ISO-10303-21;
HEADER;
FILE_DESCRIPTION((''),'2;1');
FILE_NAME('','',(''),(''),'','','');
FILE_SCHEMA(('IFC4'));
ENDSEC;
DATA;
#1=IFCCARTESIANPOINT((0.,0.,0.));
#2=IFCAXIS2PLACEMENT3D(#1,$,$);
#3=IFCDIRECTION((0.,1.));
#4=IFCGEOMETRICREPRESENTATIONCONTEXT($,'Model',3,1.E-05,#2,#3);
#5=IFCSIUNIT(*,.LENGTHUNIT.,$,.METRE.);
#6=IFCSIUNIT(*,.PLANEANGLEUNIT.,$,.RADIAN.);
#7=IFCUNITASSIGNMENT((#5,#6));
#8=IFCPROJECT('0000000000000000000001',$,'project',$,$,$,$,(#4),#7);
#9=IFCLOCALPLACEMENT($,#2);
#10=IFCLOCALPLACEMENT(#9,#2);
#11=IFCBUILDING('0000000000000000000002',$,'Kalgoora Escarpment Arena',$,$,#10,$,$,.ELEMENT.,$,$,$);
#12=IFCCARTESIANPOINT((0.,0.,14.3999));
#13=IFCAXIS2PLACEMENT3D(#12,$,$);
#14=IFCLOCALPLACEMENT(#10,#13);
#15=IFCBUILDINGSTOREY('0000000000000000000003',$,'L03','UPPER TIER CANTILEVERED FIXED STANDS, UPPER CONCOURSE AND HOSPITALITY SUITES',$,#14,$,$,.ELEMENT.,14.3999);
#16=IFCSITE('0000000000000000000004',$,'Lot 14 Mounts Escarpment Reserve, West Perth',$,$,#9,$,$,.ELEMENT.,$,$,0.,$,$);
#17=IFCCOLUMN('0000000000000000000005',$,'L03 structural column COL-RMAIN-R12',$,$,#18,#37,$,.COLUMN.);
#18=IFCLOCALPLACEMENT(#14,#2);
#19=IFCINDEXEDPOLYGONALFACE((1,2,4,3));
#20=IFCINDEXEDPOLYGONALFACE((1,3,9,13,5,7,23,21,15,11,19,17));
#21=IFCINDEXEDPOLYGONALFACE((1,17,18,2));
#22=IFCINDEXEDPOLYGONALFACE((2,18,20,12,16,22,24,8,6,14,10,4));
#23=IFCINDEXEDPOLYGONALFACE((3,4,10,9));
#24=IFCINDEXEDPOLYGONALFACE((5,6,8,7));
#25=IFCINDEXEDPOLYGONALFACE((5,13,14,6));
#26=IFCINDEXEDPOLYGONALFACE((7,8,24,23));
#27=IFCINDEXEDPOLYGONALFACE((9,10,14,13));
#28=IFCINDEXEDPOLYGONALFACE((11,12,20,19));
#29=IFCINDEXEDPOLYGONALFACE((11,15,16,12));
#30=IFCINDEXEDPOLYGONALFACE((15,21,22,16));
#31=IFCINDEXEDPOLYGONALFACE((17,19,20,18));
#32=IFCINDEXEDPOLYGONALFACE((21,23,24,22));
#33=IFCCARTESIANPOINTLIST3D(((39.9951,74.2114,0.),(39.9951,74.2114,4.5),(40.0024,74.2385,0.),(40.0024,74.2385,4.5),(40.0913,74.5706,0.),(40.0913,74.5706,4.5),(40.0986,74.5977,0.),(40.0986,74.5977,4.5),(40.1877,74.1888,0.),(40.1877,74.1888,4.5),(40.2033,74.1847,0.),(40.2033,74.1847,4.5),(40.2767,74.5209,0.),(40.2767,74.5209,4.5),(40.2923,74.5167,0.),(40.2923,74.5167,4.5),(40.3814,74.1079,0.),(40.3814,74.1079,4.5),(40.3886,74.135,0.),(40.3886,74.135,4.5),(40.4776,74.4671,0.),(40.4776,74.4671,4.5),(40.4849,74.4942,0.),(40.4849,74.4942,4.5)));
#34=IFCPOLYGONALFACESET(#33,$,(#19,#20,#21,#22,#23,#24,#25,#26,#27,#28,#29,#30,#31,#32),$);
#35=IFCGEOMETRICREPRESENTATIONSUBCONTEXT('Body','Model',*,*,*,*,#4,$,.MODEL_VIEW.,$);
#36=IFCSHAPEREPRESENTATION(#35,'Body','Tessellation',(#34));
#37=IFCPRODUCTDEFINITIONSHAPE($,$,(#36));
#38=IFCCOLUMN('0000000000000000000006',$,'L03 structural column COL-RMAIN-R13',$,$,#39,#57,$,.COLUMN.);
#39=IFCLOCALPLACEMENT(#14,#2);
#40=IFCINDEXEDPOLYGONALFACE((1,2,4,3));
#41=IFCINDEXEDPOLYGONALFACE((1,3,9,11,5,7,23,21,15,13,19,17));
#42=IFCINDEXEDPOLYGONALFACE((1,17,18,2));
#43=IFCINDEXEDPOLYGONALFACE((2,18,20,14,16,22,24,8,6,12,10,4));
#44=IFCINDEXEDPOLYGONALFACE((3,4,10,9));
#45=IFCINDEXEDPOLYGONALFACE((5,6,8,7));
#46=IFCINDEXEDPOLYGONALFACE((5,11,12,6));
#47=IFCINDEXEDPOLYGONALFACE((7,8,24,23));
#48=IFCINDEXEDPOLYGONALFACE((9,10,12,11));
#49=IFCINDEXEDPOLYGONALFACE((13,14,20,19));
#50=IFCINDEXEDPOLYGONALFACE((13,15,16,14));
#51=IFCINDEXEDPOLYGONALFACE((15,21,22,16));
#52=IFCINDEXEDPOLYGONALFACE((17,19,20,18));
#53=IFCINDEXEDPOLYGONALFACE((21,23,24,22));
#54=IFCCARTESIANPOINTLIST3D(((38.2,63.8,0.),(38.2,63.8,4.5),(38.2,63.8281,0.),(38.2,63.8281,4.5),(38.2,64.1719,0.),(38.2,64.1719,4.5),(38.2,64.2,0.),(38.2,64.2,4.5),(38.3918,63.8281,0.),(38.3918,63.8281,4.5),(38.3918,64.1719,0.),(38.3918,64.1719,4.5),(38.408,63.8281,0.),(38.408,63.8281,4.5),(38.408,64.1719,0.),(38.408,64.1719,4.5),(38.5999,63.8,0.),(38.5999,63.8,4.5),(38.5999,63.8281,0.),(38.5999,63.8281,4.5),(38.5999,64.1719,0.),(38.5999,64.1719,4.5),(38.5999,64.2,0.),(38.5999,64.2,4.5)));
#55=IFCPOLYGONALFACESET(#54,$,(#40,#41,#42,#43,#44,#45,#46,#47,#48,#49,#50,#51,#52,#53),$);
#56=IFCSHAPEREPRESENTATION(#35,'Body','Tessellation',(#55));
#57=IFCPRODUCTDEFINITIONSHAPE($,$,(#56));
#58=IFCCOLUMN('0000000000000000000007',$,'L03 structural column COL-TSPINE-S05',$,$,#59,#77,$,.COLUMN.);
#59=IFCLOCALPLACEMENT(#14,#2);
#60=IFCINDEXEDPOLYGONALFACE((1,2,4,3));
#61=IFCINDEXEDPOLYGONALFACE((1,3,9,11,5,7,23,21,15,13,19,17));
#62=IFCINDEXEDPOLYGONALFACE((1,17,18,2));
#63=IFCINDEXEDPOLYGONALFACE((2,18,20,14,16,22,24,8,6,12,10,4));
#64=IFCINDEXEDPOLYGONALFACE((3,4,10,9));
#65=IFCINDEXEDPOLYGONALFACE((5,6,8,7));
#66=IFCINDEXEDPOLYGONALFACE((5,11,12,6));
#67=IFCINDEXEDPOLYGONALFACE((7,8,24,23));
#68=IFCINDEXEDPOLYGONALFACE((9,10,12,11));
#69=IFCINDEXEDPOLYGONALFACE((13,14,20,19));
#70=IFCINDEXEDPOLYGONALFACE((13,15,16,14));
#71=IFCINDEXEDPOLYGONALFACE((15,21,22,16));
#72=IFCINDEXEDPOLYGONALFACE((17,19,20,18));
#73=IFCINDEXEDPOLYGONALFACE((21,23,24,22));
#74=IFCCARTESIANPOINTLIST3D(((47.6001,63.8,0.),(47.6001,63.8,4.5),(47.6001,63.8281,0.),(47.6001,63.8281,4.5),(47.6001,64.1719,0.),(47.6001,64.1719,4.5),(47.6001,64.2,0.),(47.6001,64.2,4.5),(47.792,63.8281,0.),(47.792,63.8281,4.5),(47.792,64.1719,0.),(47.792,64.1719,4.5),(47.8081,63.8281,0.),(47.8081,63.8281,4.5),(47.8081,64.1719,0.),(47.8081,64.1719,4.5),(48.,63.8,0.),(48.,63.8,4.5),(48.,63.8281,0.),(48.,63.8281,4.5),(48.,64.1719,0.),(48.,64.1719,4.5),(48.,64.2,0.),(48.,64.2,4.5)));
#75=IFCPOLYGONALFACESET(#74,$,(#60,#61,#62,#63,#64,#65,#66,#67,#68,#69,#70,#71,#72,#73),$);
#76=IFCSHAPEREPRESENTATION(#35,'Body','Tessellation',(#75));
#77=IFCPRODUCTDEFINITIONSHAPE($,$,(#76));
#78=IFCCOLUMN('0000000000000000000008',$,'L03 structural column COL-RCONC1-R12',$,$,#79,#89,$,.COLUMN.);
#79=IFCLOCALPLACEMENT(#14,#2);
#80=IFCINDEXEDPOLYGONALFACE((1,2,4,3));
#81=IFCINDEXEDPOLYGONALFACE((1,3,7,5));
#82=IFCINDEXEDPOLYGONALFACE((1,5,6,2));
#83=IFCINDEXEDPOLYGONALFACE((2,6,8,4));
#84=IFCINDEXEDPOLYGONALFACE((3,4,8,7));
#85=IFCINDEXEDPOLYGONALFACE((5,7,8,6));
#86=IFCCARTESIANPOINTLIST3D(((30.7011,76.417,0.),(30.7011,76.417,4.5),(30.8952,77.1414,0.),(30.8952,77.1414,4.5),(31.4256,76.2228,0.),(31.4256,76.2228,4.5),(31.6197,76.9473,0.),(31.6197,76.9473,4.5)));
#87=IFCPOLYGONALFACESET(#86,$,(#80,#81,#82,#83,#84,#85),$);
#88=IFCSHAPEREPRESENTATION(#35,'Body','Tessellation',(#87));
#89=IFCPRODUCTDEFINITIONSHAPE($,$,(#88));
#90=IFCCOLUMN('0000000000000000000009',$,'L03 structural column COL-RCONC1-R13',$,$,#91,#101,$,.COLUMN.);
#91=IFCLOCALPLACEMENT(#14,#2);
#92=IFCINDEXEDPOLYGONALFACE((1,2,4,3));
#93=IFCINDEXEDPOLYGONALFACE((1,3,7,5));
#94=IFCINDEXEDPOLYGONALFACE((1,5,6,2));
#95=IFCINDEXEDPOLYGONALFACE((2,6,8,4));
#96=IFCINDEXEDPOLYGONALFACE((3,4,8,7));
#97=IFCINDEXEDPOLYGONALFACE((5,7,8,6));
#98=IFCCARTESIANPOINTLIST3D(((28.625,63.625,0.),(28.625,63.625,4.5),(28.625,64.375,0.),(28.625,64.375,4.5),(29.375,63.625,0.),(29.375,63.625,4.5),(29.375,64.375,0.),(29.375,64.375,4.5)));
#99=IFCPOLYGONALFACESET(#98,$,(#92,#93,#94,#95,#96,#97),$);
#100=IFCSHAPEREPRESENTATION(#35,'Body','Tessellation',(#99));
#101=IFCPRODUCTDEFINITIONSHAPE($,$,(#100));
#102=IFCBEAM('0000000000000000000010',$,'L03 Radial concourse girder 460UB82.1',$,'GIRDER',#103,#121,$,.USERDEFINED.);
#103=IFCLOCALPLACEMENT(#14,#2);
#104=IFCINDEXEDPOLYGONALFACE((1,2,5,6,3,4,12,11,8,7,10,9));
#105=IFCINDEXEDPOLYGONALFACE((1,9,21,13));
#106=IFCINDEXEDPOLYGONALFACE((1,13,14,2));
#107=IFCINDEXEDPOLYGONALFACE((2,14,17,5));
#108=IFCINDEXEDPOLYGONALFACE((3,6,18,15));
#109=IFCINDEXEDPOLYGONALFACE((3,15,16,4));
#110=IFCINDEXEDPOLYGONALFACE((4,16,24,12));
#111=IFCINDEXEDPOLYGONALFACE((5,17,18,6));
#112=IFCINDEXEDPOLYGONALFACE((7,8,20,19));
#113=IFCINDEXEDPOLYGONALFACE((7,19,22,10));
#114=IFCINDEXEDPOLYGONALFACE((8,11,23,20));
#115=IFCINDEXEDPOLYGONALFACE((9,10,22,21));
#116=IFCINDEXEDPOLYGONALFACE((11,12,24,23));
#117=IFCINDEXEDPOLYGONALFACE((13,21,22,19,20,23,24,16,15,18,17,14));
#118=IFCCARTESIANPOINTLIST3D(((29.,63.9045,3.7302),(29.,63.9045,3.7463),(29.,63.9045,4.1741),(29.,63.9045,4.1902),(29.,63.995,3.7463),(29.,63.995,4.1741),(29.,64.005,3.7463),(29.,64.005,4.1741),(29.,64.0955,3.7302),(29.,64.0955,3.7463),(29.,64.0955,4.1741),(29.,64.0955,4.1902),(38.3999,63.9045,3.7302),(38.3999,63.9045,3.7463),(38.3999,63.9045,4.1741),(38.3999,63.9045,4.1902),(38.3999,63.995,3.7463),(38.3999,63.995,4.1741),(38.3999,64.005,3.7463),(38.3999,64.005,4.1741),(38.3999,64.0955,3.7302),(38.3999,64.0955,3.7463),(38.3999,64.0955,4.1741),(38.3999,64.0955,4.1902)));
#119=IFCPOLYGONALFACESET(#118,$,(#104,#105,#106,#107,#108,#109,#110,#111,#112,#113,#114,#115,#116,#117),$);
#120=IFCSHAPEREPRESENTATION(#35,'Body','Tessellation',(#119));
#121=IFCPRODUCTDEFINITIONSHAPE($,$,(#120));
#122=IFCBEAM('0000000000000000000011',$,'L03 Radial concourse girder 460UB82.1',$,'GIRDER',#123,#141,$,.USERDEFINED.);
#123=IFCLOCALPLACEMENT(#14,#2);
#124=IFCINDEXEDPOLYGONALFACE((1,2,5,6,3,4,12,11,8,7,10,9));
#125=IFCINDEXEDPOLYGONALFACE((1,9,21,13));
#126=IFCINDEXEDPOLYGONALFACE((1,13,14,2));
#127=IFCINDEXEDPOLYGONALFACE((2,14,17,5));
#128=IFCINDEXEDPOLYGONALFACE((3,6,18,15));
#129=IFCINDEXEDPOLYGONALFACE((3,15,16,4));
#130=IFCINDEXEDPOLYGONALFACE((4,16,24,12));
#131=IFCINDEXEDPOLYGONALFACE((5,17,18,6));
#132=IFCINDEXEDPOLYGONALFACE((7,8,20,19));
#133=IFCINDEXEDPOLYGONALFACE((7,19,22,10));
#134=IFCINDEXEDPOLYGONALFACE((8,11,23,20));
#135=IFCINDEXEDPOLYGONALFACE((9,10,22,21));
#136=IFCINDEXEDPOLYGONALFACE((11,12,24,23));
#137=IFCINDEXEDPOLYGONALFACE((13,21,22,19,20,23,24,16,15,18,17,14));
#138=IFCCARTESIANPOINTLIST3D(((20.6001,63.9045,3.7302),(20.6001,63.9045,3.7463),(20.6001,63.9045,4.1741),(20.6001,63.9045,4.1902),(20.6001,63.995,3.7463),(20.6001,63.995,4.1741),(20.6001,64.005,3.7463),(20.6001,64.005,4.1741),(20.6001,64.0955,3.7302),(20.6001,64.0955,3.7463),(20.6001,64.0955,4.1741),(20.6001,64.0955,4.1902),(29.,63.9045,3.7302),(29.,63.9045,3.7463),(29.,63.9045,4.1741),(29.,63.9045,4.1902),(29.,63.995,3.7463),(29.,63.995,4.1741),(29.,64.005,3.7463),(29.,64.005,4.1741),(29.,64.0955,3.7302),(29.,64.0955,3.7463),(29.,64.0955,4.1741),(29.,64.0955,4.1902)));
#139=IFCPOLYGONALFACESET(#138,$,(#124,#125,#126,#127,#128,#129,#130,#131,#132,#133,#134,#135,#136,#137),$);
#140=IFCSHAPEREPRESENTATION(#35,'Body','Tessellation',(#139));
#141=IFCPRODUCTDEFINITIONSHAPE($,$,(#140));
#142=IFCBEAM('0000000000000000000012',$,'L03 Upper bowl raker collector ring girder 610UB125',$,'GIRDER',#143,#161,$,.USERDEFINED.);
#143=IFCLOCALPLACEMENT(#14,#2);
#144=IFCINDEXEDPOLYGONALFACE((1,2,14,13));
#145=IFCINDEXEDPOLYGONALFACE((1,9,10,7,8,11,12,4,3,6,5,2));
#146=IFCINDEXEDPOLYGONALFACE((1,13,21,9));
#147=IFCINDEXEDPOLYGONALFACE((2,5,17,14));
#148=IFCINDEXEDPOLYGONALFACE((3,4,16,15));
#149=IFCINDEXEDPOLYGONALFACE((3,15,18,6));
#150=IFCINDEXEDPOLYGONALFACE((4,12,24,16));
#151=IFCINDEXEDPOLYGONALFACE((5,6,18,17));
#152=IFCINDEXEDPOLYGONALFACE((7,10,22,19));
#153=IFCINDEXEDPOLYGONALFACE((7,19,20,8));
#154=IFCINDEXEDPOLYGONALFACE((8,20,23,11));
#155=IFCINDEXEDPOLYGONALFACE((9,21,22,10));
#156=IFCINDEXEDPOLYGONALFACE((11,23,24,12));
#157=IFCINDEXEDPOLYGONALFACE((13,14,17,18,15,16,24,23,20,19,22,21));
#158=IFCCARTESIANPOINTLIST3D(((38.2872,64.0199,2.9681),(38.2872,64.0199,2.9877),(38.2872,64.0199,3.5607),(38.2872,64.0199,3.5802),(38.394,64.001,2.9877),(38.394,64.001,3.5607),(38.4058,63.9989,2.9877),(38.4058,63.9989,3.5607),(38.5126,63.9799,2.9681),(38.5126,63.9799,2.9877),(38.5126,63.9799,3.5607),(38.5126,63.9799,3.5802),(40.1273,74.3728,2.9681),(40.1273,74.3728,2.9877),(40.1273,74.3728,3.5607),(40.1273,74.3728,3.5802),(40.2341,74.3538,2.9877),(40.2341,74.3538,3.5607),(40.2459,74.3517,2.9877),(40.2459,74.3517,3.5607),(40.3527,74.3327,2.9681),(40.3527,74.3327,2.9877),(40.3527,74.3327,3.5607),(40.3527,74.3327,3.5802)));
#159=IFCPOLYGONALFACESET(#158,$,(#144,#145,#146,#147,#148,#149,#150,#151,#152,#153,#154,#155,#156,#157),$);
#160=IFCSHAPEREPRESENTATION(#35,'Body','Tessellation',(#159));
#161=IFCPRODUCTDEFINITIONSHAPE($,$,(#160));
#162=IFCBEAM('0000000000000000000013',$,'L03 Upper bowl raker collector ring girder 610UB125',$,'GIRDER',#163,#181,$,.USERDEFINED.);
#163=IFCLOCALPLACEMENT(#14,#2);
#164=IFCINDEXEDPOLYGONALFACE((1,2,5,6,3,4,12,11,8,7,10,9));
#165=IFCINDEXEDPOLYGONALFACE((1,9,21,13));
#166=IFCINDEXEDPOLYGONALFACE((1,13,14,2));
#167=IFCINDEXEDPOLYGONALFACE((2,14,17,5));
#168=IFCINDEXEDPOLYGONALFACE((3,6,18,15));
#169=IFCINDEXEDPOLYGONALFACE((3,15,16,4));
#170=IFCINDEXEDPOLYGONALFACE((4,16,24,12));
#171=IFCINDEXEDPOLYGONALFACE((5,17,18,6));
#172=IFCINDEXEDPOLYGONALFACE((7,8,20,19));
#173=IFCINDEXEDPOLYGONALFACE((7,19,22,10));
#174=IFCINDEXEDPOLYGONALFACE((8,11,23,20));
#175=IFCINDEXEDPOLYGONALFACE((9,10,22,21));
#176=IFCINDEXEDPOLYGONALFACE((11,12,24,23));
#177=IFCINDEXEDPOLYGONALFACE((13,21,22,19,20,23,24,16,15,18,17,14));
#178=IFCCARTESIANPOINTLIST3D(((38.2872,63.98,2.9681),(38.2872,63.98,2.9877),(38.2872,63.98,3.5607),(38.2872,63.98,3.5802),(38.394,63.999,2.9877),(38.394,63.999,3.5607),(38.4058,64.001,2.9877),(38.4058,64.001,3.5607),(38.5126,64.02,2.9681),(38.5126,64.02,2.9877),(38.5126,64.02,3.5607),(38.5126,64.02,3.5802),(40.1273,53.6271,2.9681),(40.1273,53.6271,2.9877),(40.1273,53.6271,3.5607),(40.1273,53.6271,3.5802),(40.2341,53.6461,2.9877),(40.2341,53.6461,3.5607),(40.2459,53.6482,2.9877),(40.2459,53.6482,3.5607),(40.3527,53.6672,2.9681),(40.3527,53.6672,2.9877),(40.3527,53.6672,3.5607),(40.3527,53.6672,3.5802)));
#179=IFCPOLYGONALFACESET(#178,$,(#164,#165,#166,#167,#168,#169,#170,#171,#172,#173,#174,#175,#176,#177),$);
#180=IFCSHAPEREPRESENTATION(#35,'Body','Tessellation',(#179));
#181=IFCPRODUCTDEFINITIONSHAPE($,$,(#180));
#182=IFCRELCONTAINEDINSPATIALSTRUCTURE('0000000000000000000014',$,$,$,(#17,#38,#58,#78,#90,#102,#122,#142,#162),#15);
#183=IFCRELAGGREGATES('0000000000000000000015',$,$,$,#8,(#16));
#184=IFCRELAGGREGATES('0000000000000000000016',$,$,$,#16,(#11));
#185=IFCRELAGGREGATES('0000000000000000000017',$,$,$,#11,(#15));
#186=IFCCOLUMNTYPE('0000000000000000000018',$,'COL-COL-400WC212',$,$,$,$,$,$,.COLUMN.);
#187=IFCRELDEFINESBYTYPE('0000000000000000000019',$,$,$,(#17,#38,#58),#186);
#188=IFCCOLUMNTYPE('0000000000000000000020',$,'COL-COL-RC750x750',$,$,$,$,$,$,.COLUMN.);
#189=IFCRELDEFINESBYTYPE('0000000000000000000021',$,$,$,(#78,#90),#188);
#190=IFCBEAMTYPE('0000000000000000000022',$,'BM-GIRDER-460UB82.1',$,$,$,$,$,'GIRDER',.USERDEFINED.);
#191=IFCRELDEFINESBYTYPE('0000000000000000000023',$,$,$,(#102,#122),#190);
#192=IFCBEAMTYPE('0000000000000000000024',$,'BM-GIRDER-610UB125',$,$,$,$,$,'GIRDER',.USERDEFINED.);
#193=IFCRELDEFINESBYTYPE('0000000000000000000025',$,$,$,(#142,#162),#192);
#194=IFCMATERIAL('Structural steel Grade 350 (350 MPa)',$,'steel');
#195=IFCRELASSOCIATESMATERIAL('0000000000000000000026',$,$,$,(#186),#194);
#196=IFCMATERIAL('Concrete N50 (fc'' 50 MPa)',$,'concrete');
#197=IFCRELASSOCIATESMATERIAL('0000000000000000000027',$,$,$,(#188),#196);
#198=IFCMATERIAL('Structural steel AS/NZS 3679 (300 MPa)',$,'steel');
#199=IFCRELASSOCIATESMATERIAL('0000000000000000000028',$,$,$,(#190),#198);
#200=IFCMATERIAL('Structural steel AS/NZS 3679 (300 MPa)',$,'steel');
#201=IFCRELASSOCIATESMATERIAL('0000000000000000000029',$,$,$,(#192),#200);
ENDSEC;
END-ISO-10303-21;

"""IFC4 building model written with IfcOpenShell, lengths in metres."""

from ifc_helpers import new_model, si_unit, direction, frame, origin, origin_2d, place, context, subcontext, project, spatial, rectangle, i_section, extrude, material, material_profile, profile_set, type_object, element, save


model = new_model("IFC4")

# Units and contexts
model_context = context("Model", 3, precision=1e-05, world=origin(), true_north=direction((0.0, 1.0)))
body_context = subcontext(model_context, "Body", "Model", "MODEL_VIEW")
ifc_project = project(units=[si_unit("LENGTHUNIT", "METRE"), si_unit("PLANEANGLEUNIT", "RADIAN")], contexts=[model_context])

# Site, building, storey
site_placement = place(None, origin())
site = spatial("IfcSite", under=ifc_project, at=site_placement, Name="Lot 14 Mounts Escarpment Reserve, West Perth", CompositionType="ELEMENT", RefElevation=0.0)
building_placement = place(site_placement, origin())
building = spatial("IfcBuilding", under=site, at=building_placement, Name="Kalgoora Escarpment Arena", CompositionType="ELEMENT")
storey_placement = place(building_placement, frame((0.0, 0.0, 14.3999)))
storey = spatial("IfcBuildingStorey", under=building, at=storey_placement, Name="L03", Description="UPPER TIER CANTILEVERED FIXED STANDS, UPPER CONCOURSE AND HOSPITALITY SUITES", CompositionType="ELEMENT", Elevation=14.3999)

# Columns
ifc_material_1 = material(Name="Structural steel Grade 350 (350 MPa)", Category="steel")
ifc_material_profile_1 = material_profile(ifc_material_1, i_section(OverallWidth=0.3999, OverallDepth=0.3999, WebThickness=0.0161, FlangeThickness=0.0281, at=origin_2d()))
ifc_profile_set_1 = profile_set([ifc_material_profile_1], Name="Structural steel Grade 350 (350 MPa)")
column_type_1 = type_object("IfcColumnType", Name="COL-COL-400WC212", PredefinedType="COLUMN", material=ifc_profile_set_1)
for number, where, z_axis, x_axis, name in (
    (1, (40.24, 74.3528, 0.0), (0.0, 0.0, 1.0), (-0.965926, 0.258819, 0.0), "L03 structural column COL-RMAIN-R12"),
    (2, (38.3999, 64.0, 0.0), (0.0, 0.0, 1.0), (-1.0, 0.0, 0.0), "L03 structural column COL-RMAIN-R13"),
    (3, (47.8, 64.0, 0.0), (0.0, 0.0, 1.0), (-1.0, 0.0, 0.0), "L03 structural column COL-TSPINE-S05"),
):
    element("IfcColumn", number, at=place(storey_placement, frame(where, z_axis=z_axis, x_axis=x_axis)), inside=storey, type_object=column_type_1, Name=name, PredefinedType="COLUMN", context=body_context, shape_type="SweptSolid", body=[
        extrude(i_section(OverallWidth=0.3999, OverallDepth=0.3999, WebThickness=0.0161, FlangeThickness=0.0281, at=origin_2d()), origin(), (0.0, 0.0, 1.0), 4.5),
    ])
ifc_material_2 = material(Name="Concrete N50 (fc' 50 MPa)", Category="concrete")
ifc_material_profile_2 = material_profile(ifc_material_2, rectangle(XDim=0.75, YDim=0.75, at=origin_2d()))
ifc_profile_set_2 = profile_set([ifc_material_profile_2], Name="Concrete N50 (fc' 50 MPa)")
column_type_2 = type_object("IfcColumnType", Name="COL-COL-RC750x750", PredefinedType="COLUMN", material=ifc_profile_set_2)
for number, where, z_axis, x_axis, name in (
    (4, (31.1604, 76.6821, 0.0), (0.0, 0.0, 1.0), (-0.965926, 0.258819, 0.0), "L03 structural column COL-RCONC1-R12"),
    (5, (29.0, 64.0, 0.0), (0.0, 0.0, 1.0), (-1.0, 0.0, 0.0), "L03 structural column COL-RCONC1-R13"),
):
    element("IfcColumn", number, at=place(storey_placement, frame(where, z_axis=z_axis, x_axis=x_axis)), inside=storey, type_object=column_type_2, Name=name, PredefinedType="COLUMN", context=body_context, shape_type="SweptSolid", body=[
        extrude(rectangle(XDim=0.75, YDim=0.75, at=origin_2d()), origin(), (0.0, 0.0, 1.0), 4.5),
    ])

# Beams
ifc_material_3 = material(Name="Structural steel AS/NZS 3679 (300 MPa)", Category="steel")
ifc_material_profile_3 = material_profile(ifc_material_3, i_section(OverallWidth=0.1909, OverallDepth=0.46, WebThickness=0.01, FlangeThickness=0.0161, at=origin_2d()))
ifc_profile_set_3 = profile_set([ifc_material_profile_3], Name="Structural steel AS/NZS 3679 (300 MPa)")
beam_type_1 = type_object("IfcBeamType", Name="BM-GIRDER-460UB82.1", ElementType="GIRDER", PredefinedType="USERDEFINED", material=ifc_profile_set_3)
beam_1_placement = place(storey_placement, frame((38.3999, 64.0, 3.9602), z_axis=(-1.0, 0.0, 0.0), x_axis=(0.0, -1.0, 0.0)))
element("IfcBeam", 6, at=beam_1_placement, inside=storey, type_object=beam_type_1, Name="L03 Radial concourse girder 460UB82.1", ObjectType="GIRDER", PredefinedType="USERDEFINED", context=body_context, shape_type="SweptSolid", body=[
    extrude(i_section(OverallWidth=0.1909, OverallDepth=0.46, WebThickness=0.01, FlangeThickness=0.0161, at=origin_2d()), origin(), (0.0, 0.0, 1.0), 9.3999),
])
beam_2_placement = place(storey_placement, frame((29.0, 64.0, 3.9602), z_axis=(-1.0, 0.0, 0.0), x_axis=(0.0, -1.0, 0.0)))
element("IfcBeam", 7, at=beam_2_placement, inside=storey, type_object=beam_type_1, Name="L03 Radial concourse girder 460UB82.1", ObjectType="GIRDER", PredefinedType="USERDEFINED", context=body_context, shape_type="SweptSolid", body=[
    extrude(i_section(OverallWidth=0.1909, OverallDepth=0.46, WebThickness=0.01, FlangeThickness=0.0161, at=origin_2d()), origin(), (0.0, 0.0, 1.0), 8.3999),
])
ifc_material_4 = material(Name="Structural steel AS/NZS 3679 (300 MPa)", Category="steel")
ifc_material_profile_4 = material_profile(ifc_material_4, i_section(OverallWidth=0.229, OverallDepth=0.6121, WebThickness=0.012, FlangeThickness=0.0195, at=origin_2d()))
ifc_profile_set_4 = profile_set([ifc_material_profile_4], Name="Structural steel AS/NZS 3679 (300 MPa)")
beam_type_2 = type_object("IfcBeamType", Name="BM-GIRDER-610UB125", ElementType="GIRDER", PredefinedType="USERDEFINED", material=ifc_profile_set_4)
for number, where, z_axis, x_axis, name in (
    (8, (40.24, 74.3528, 3.2742), (-0.174996, -0.984569, 0.0), (0.984569, -0.174996, 0.0), "L03 Upper bowl raker collector ring girder 610UB125"),
    (9, (38.3999, 64.0, 3.2742), (0.174996, -0.984569, 0.0), (0.984569, 0.174996, 0.0), "L03 Upper bowl raker collector ring girder 610UB125"),
):
    element("IfcBeam", number, at=place(storey_placement, frame(where, z_axis=z_axis, x_axis=x_axis)), inside=storey, type_object=beam_type_2, Name=name, ObjectType="GIRDER", PredefinedType="USERDEFINED", context=body_context, shape_type="SweptSolid", body=[
        extrude(i_section(OverallWidth=0.229, OverallDepth=0.6121, WebThickness=0.012, FlangeThickness=0.0195, at=origin_2d()), origin(), (0.0, 0.0, 1.0), 10.5151),
    ])

save(model, "model.ifc")
